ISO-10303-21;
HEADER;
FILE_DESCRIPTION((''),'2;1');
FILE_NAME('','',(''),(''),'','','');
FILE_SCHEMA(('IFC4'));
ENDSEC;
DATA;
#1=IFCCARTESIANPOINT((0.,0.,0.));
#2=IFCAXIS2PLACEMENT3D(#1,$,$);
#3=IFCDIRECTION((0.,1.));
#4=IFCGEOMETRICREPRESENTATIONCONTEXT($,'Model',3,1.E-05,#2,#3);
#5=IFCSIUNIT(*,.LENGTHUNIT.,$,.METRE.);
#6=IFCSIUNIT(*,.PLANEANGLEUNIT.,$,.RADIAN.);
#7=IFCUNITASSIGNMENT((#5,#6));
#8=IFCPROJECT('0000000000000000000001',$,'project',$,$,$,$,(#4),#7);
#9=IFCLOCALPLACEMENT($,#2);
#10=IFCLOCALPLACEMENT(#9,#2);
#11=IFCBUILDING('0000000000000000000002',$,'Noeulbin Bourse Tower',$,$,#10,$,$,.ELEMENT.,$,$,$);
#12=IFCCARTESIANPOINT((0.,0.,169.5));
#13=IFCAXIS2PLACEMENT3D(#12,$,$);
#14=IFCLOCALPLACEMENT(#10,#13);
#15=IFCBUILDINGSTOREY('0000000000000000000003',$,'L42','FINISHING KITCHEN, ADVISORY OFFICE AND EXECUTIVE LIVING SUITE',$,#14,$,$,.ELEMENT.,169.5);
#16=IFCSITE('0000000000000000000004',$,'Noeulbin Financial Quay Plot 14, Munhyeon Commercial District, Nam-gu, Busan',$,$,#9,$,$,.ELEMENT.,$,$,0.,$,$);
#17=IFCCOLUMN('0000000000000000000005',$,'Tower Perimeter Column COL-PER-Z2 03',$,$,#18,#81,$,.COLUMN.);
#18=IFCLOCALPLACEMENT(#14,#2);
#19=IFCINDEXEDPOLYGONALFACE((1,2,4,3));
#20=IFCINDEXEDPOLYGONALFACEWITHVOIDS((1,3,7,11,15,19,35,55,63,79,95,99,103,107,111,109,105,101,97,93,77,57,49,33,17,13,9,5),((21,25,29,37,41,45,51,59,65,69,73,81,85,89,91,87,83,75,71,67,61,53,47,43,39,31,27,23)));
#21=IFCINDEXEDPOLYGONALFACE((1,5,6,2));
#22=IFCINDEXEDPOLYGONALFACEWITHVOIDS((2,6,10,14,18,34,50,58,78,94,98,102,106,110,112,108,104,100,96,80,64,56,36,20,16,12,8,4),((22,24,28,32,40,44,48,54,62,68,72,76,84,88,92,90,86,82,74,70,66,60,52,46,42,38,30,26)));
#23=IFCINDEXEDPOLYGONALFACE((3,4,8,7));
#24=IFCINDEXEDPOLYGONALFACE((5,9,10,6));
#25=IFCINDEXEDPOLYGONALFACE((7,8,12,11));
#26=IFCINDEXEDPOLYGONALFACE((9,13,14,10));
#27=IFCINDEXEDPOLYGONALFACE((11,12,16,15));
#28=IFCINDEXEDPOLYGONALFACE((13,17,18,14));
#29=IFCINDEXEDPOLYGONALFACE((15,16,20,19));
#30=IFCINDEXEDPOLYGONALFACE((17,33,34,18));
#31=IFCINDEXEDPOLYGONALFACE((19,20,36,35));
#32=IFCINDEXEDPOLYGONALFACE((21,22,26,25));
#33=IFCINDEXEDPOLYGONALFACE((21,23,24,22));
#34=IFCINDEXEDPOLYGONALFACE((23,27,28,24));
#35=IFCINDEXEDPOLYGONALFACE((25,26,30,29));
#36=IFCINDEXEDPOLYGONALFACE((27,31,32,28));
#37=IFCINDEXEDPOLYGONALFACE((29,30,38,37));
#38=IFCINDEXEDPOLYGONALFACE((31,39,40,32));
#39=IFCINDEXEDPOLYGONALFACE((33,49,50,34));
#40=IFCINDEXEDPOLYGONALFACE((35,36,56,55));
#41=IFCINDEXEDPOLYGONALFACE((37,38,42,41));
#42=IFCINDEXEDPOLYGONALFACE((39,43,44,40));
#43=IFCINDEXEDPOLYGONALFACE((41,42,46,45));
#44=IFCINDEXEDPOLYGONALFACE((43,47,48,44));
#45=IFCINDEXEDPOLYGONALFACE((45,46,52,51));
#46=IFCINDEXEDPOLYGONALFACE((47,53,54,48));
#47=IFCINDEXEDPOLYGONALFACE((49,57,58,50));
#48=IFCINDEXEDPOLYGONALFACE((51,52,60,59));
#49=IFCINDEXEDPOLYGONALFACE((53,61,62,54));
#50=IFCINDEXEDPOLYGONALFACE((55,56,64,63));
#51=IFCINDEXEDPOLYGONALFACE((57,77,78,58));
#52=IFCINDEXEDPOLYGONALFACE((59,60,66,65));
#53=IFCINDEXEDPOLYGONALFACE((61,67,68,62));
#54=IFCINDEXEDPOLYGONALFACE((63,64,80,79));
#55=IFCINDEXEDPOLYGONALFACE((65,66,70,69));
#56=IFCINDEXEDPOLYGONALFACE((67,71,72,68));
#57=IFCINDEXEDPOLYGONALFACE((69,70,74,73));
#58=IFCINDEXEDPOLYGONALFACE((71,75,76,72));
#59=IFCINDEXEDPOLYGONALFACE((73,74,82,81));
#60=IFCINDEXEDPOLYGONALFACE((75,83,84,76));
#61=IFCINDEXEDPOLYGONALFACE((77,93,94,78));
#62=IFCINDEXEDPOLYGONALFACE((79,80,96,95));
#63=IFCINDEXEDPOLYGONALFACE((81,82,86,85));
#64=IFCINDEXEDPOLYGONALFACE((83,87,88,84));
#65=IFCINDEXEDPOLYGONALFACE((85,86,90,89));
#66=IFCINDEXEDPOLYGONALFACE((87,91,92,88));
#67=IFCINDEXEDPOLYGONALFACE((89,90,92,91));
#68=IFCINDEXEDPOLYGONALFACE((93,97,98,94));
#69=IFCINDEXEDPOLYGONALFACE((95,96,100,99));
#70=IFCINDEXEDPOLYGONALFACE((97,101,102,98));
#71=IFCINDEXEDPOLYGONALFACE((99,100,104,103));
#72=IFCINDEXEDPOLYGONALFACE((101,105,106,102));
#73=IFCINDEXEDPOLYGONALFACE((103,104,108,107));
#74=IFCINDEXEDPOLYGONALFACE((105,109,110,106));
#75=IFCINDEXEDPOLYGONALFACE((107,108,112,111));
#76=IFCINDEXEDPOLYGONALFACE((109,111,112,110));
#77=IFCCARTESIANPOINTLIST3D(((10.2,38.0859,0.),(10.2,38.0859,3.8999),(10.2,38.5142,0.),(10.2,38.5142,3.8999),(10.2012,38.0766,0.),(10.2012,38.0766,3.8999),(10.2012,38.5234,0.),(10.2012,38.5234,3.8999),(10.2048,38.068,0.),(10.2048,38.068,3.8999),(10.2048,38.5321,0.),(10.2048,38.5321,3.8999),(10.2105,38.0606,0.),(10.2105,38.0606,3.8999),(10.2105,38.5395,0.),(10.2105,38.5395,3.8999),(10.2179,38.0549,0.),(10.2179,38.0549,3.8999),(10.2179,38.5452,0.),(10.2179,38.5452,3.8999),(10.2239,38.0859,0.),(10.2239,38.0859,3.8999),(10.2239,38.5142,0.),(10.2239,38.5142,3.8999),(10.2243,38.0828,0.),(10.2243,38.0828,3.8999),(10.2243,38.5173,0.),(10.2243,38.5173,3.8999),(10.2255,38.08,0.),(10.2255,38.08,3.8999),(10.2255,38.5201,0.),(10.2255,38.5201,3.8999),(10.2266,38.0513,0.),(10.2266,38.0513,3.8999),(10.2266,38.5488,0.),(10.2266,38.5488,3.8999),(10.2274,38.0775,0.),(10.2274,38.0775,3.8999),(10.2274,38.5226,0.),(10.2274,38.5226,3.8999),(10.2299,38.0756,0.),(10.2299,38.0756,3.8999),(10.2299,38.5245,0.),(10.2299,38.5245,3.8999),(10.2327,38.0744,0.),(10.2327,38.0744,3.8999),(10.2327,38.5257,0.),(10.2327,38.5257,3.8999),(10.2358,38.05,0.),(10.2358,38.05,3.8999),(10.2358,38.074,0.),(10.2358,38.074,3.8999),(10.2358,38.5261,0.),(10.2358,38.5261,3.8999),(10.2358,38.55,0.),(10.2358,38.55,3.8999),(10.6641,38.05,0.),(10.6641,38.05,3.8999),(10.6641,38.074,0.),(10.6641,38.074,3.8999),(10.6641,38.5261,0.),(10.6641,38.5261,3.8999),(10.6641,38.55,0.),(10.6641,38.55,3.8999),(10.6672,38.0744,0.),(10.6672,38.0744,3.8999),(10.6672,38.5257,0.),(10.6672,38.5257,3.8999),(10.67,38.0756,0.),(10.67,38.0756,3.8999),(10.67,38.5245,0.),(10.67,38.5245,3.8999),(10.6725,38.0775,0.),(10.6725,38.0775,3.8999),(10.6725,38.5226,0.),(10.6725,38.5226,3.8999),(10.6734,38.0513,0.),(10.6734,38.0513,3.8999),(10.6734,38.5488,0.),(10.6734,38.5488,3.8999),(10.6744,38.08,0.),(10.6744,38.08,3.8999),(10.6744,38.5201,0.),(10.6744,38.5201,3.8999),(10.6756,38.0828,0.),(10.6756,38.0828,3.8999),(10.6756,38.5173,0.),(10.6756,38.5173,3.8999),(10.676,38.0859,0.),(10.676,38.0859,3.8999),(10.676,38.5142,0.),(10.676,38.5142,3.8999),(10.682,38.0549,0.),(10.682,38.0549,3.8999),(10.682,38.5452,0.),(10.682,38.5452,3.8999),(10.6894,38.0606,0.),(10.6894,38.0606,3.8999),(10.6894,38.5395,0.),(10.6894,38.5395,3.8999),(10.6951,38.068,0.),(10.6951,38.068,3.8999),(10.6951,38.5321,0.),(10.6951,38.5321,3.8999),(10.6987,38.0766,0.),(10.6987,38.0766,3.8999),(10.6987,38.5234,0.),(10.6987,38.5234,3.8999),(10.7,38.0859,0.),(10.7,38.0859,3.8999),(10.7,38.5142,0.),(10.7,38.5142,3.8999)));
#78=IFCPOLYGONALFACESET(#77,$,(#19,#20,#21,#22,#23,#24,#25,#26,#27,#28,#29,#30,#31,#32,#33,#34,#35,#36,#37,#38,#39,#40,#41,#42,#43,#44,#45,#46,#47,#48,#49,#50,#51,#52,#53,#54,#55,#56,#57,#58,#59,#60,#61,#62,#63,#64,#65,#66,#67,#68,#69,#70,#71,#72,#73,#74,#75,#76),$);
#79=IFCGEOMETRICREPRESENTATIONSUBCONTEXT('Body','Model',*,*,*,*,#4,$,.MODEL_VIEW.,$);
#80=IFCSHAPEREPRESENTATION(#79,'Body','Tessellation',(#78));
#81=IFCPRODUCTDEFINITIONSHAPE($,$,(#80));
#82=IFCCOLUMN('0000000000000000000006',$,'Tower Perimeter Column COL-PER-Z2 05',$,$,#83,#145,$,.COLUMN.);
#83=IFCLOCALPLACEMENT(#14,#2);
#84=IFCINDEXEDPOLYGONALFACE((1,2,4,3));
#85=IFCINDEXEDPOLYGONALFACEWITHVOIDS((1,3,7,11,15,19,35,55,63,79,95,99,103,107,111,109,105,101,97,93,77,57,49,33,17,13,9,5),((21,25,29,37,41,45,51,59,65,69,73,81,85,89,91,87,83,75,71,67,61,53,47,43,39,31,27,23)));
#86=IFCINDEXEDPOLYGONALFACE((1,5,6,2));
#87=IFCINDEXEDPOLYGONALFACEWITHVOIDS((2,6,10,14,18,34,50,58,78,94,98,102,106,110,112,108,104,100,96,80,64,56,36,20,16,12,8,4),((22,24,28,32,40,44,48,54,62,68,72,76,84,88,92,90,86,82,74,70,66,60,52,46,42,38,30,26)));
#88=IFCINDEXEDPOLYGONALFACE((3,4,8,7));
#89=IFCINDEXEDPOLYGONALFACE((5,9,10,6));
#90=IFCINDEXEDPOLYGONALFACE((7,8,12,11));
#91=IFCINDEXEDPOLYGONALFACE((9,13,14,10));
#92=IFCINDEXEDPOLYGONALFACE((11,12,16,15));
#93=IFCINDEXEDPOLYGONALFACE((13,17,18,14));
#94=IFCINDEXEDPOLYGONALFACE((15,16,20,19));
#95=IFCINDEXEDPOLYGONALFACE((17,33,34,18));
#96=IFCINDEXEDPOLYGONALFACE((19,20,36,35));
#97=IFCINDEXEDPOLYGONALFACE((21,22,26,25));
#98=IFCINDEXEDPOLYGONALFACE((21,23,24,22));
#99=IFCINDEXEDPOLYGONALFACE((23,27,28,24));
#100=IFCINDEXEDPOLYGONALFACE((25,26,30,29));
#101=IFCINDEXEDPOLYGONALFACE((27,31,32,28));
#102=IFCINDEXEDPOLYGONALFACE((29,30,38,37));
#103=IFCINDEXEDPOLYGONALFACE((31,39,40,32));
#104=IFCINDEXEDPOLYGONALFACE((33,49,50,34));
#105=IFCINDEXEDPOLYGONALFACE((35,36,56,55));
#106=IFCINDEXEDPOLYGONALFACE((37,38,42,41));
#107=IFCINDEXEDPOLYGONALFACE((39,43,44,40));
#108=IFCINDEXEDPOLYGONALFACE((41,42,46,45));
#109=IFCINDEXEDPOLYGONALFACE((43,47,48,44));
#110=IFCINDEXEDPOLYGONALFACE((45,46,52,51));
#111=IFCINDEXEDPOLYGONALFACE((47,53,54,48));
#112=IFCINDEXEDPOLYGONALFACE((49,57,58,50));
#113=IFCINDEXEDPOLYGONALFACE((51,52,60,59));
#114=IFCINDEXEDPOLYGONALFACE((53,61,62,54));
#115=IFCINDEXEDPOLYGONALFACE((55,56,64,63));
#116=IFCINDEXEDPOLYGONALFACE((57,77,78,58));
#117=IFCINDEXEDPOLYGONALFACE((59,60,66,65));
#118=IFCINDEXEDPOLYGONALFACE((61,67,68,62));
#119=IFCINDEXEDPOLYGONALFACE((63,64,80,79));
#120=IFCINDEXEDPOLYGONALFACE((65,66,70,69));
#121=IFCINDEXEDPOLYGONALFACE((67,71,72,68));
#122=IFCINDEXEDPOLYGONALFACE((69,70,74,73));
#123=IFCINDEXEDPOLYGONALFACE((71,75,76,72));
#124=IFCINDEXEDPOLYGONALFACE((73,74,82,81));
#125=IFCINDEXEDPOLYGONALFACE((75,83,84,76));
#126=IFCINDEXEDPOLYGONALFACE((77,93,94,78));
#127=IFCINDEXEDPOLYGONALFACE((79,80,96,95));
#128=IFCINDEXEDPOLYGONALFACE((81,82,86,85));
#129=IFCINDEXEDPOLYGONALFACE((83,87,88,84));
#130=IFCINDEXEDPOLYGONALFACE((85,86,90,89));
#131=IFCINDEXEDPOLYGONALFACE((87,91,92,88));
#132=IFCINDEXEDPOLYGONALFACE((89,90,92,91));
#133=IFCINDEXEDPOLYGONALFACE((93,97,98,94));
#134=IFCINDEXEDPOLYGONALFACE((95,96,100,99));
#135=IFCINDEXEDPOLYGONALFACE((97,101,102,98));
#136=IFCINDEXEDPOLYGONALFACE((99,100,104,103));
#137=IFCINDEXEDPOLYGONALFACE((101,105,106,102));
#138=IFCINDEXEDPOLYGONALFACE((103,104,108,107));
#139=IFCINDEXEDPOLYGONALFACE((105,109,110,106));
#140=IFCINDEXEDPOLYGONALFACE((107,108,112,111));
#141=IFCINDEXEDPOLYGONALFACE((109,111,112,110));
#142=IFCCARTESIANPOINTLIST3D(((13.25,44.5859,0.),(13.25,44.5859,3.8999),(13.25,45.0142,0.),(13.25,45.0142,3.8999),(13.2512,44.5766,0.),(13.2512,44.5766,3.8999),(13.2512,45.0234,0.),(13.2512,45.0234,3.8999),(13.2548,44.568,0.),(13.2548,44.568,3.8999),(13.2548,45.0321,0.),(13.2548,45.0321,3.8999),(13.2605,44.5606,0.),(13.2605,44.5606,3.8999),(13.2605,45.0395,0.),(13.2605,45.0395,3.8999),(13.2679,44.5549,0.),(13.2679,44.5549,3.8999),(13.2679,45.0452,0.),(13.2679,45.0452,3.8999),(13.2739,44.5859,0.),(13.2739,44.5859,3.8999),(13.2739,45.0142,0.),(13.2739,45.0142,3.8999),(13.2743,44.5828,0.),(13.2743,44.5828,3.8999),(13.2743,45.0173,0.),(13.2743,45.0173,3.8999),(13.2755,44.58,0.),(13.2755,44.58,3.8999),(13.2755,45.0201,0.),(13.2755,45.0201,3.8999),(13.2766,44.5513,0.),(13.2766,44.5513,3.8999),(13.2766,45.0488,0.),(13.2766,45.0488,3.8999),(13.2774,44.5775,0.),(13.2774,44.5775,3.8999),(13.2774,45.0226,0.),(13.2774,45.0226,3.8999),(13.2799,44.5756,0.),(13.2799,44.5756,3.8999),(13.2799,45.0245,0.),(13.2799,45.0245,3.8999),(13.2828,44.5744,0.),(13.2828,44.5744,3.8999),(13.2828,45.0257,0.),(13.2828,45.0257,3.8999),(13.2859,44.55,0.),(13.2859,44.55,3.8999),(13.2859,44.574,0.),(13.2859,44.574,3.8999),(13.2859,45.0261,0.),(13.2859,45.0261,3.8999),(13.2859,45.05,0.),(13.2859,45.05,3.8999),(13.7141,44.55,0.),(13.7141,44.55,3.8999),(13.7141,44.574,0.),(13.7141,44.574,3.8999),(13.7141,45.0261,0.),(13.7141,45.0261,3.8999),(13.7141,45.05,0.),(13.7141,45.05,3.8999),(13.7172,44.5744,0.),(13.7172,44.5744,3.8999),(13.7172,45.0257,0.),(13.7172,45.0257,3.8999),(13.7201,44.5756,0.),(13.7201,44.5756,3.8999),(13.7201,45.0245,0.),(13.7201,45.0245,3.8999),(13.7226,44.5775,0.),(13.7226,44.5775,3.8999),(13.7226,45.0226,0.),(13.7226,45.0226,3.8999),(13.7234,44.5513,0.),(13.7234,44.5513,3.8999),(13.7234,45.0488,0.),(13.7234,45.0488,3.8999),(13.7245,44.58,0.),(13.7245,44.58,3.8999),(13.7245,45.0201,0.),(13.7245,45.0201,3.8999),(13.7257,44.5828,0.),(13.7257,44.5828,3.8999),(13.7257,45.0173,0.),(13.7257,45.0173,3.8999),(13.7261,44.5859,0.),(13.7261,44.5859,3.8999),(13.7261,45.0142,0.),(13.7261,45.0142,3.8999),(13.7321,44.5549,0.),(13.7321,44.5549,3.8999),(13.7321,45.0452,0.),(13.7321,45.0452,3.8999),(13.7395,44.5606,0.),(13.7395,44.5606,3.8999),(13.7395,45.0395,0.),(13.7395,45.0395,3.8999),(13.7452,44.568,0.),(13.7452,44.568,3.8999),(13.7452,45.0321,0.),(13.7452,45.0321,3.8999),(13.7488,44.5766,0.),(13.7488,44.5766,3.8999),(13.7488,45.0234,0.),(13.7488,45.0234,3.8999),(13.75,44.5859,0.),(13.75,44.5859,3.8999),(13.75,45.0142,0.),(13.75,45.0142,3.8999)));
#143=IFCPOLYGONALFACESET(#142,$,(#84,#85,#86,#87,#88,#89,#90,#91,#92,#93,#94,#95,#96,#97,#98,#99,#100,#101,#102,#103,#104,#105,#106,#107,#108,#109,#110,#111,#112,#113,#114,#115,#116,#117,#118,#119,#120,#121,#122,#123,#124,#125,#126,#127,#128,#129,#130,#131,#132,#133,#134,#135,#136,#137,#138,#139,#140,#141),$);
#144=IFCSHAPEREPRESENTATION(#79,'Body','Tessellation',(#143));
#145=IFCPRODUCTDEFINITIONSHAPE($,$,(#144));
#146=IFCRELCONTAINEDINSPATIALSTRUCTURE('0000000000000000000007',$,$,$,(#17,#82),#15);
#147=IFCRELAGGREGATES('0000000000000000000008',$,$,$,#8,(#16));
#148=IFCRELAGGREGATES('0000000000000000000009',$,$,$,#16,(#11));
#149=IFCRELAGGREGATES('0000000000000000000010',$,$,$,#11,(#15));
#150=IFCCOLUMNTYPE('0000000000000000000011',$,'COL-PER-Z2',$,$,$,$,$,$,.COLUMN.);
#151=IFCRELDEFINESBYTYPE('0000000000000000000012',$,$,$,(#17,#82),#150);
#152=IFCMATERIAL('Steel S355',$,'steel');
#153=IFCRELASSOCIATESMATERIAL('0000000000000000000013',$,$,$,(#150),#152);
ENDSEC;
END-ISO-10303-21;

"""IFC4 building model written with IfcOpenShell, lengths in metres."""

from ifc_helpers import new_model, si_unit, direction, frame, origin, origin_2d, place, context, subcontext, project, spatial, hollow_rectangle, extrude, material, material_profile, profile_set, type_object, element, save


model = new_model("IFC4")

# Units and contexts
model_context = context("Model", 3, precision=1e-05, world=origin(), true_north=direction((0.0, 1.0)))
body_context = subcontext(model_context, "Body", "Model", "MODEL_VIEW")
ifc_project = project(units=[si_unit("LENGTHUNIT", "METRE"), si_unit("PLANEANGLEUNIT", "RADIAN")], contexts=[model_context])

# Site, building, storey
site_placement = place(None, origin())
site = spatial("IfcSite", under=ifc_project, at=site_placement, Name="Noeulbin Financial Quay Plot 14, Munhyeon Commercial District, Nam-gu, Busan", CompositionType="ELEMENT", RefElevation=0.0)
building_placement = place(site_placement, origin())
building = spatial("IfcBuilding", under=site, at=building_placement, Name="Noeulbin Bourse Tower", CompositionType="ELEMENT")
storey_placement = place(building_placement, frame((0.0, 0.0, 169.5)))
storey = spatial("IfcBuildingStorey", under=building, at=storey_placement, Name="L42", Description="FINISHING KITCHEN, ADVISORY OFFICE AND EXECUTIVE LIVING SUITE", CompositionType="ELEMENT", Elevation=169.5)

# Columns
ifc_material_1 = material(Name="Steel S355", Category="steel")
ifc_material_profile_1 = material_profile(ifc_material_1, hollow_rectangle(XDim=0.5, YDim=0.5, WallThickness=0.0239, InnerFilletRadius=0.012, OuterFilletRadius=0.0359, at=origin_2d()), Name="BOX-500x500x24", Category="LoadBearing")
ifc_profile_set_1 = profile_set([ifc_material_profile_1], Name="Steel S355")
column_type_1 = type_object("IfcColumnType", Name="COL-PER-Z2", PredefinedType="COLUMN", material=ifc_profile_set_1)
for number, where, z_axis, x_axis, name in (
    (1, (10.45, 38.3, 0.0), (0.0, 0.0, 1.0), (1.0, 0.0, 0.0), "Tower Perimeter Column COL-PER-Z2 03"),
    (2, (13.5, 44.8, 0.0), (0.0, 0.0, 1.0), (1.0, 0.0, 0.0), "Tower Perimeter Column COL-PER-Z2 05"),
):
    element("IfcColumn", number, at=place(storey_placement, frame(where, z_axis=z_axis, x_axis=x_axis)), inside=storey, type_object=column_type_1, Name=name, PredefinedType="COLUMN", context=body_context, shape_type="SweptSolid", body=[
        extrude(hollow_rectangle(XDim=0.5, YDim=0.5, WallThickness=0.0239, InnerFilletRadius=0.012, OuterFilletRadius=0.0359, at=origin_2d()), origin(), (0.0, 0.0, 1.0), 3.8999),
    ])

save(model, "model.ifc")
